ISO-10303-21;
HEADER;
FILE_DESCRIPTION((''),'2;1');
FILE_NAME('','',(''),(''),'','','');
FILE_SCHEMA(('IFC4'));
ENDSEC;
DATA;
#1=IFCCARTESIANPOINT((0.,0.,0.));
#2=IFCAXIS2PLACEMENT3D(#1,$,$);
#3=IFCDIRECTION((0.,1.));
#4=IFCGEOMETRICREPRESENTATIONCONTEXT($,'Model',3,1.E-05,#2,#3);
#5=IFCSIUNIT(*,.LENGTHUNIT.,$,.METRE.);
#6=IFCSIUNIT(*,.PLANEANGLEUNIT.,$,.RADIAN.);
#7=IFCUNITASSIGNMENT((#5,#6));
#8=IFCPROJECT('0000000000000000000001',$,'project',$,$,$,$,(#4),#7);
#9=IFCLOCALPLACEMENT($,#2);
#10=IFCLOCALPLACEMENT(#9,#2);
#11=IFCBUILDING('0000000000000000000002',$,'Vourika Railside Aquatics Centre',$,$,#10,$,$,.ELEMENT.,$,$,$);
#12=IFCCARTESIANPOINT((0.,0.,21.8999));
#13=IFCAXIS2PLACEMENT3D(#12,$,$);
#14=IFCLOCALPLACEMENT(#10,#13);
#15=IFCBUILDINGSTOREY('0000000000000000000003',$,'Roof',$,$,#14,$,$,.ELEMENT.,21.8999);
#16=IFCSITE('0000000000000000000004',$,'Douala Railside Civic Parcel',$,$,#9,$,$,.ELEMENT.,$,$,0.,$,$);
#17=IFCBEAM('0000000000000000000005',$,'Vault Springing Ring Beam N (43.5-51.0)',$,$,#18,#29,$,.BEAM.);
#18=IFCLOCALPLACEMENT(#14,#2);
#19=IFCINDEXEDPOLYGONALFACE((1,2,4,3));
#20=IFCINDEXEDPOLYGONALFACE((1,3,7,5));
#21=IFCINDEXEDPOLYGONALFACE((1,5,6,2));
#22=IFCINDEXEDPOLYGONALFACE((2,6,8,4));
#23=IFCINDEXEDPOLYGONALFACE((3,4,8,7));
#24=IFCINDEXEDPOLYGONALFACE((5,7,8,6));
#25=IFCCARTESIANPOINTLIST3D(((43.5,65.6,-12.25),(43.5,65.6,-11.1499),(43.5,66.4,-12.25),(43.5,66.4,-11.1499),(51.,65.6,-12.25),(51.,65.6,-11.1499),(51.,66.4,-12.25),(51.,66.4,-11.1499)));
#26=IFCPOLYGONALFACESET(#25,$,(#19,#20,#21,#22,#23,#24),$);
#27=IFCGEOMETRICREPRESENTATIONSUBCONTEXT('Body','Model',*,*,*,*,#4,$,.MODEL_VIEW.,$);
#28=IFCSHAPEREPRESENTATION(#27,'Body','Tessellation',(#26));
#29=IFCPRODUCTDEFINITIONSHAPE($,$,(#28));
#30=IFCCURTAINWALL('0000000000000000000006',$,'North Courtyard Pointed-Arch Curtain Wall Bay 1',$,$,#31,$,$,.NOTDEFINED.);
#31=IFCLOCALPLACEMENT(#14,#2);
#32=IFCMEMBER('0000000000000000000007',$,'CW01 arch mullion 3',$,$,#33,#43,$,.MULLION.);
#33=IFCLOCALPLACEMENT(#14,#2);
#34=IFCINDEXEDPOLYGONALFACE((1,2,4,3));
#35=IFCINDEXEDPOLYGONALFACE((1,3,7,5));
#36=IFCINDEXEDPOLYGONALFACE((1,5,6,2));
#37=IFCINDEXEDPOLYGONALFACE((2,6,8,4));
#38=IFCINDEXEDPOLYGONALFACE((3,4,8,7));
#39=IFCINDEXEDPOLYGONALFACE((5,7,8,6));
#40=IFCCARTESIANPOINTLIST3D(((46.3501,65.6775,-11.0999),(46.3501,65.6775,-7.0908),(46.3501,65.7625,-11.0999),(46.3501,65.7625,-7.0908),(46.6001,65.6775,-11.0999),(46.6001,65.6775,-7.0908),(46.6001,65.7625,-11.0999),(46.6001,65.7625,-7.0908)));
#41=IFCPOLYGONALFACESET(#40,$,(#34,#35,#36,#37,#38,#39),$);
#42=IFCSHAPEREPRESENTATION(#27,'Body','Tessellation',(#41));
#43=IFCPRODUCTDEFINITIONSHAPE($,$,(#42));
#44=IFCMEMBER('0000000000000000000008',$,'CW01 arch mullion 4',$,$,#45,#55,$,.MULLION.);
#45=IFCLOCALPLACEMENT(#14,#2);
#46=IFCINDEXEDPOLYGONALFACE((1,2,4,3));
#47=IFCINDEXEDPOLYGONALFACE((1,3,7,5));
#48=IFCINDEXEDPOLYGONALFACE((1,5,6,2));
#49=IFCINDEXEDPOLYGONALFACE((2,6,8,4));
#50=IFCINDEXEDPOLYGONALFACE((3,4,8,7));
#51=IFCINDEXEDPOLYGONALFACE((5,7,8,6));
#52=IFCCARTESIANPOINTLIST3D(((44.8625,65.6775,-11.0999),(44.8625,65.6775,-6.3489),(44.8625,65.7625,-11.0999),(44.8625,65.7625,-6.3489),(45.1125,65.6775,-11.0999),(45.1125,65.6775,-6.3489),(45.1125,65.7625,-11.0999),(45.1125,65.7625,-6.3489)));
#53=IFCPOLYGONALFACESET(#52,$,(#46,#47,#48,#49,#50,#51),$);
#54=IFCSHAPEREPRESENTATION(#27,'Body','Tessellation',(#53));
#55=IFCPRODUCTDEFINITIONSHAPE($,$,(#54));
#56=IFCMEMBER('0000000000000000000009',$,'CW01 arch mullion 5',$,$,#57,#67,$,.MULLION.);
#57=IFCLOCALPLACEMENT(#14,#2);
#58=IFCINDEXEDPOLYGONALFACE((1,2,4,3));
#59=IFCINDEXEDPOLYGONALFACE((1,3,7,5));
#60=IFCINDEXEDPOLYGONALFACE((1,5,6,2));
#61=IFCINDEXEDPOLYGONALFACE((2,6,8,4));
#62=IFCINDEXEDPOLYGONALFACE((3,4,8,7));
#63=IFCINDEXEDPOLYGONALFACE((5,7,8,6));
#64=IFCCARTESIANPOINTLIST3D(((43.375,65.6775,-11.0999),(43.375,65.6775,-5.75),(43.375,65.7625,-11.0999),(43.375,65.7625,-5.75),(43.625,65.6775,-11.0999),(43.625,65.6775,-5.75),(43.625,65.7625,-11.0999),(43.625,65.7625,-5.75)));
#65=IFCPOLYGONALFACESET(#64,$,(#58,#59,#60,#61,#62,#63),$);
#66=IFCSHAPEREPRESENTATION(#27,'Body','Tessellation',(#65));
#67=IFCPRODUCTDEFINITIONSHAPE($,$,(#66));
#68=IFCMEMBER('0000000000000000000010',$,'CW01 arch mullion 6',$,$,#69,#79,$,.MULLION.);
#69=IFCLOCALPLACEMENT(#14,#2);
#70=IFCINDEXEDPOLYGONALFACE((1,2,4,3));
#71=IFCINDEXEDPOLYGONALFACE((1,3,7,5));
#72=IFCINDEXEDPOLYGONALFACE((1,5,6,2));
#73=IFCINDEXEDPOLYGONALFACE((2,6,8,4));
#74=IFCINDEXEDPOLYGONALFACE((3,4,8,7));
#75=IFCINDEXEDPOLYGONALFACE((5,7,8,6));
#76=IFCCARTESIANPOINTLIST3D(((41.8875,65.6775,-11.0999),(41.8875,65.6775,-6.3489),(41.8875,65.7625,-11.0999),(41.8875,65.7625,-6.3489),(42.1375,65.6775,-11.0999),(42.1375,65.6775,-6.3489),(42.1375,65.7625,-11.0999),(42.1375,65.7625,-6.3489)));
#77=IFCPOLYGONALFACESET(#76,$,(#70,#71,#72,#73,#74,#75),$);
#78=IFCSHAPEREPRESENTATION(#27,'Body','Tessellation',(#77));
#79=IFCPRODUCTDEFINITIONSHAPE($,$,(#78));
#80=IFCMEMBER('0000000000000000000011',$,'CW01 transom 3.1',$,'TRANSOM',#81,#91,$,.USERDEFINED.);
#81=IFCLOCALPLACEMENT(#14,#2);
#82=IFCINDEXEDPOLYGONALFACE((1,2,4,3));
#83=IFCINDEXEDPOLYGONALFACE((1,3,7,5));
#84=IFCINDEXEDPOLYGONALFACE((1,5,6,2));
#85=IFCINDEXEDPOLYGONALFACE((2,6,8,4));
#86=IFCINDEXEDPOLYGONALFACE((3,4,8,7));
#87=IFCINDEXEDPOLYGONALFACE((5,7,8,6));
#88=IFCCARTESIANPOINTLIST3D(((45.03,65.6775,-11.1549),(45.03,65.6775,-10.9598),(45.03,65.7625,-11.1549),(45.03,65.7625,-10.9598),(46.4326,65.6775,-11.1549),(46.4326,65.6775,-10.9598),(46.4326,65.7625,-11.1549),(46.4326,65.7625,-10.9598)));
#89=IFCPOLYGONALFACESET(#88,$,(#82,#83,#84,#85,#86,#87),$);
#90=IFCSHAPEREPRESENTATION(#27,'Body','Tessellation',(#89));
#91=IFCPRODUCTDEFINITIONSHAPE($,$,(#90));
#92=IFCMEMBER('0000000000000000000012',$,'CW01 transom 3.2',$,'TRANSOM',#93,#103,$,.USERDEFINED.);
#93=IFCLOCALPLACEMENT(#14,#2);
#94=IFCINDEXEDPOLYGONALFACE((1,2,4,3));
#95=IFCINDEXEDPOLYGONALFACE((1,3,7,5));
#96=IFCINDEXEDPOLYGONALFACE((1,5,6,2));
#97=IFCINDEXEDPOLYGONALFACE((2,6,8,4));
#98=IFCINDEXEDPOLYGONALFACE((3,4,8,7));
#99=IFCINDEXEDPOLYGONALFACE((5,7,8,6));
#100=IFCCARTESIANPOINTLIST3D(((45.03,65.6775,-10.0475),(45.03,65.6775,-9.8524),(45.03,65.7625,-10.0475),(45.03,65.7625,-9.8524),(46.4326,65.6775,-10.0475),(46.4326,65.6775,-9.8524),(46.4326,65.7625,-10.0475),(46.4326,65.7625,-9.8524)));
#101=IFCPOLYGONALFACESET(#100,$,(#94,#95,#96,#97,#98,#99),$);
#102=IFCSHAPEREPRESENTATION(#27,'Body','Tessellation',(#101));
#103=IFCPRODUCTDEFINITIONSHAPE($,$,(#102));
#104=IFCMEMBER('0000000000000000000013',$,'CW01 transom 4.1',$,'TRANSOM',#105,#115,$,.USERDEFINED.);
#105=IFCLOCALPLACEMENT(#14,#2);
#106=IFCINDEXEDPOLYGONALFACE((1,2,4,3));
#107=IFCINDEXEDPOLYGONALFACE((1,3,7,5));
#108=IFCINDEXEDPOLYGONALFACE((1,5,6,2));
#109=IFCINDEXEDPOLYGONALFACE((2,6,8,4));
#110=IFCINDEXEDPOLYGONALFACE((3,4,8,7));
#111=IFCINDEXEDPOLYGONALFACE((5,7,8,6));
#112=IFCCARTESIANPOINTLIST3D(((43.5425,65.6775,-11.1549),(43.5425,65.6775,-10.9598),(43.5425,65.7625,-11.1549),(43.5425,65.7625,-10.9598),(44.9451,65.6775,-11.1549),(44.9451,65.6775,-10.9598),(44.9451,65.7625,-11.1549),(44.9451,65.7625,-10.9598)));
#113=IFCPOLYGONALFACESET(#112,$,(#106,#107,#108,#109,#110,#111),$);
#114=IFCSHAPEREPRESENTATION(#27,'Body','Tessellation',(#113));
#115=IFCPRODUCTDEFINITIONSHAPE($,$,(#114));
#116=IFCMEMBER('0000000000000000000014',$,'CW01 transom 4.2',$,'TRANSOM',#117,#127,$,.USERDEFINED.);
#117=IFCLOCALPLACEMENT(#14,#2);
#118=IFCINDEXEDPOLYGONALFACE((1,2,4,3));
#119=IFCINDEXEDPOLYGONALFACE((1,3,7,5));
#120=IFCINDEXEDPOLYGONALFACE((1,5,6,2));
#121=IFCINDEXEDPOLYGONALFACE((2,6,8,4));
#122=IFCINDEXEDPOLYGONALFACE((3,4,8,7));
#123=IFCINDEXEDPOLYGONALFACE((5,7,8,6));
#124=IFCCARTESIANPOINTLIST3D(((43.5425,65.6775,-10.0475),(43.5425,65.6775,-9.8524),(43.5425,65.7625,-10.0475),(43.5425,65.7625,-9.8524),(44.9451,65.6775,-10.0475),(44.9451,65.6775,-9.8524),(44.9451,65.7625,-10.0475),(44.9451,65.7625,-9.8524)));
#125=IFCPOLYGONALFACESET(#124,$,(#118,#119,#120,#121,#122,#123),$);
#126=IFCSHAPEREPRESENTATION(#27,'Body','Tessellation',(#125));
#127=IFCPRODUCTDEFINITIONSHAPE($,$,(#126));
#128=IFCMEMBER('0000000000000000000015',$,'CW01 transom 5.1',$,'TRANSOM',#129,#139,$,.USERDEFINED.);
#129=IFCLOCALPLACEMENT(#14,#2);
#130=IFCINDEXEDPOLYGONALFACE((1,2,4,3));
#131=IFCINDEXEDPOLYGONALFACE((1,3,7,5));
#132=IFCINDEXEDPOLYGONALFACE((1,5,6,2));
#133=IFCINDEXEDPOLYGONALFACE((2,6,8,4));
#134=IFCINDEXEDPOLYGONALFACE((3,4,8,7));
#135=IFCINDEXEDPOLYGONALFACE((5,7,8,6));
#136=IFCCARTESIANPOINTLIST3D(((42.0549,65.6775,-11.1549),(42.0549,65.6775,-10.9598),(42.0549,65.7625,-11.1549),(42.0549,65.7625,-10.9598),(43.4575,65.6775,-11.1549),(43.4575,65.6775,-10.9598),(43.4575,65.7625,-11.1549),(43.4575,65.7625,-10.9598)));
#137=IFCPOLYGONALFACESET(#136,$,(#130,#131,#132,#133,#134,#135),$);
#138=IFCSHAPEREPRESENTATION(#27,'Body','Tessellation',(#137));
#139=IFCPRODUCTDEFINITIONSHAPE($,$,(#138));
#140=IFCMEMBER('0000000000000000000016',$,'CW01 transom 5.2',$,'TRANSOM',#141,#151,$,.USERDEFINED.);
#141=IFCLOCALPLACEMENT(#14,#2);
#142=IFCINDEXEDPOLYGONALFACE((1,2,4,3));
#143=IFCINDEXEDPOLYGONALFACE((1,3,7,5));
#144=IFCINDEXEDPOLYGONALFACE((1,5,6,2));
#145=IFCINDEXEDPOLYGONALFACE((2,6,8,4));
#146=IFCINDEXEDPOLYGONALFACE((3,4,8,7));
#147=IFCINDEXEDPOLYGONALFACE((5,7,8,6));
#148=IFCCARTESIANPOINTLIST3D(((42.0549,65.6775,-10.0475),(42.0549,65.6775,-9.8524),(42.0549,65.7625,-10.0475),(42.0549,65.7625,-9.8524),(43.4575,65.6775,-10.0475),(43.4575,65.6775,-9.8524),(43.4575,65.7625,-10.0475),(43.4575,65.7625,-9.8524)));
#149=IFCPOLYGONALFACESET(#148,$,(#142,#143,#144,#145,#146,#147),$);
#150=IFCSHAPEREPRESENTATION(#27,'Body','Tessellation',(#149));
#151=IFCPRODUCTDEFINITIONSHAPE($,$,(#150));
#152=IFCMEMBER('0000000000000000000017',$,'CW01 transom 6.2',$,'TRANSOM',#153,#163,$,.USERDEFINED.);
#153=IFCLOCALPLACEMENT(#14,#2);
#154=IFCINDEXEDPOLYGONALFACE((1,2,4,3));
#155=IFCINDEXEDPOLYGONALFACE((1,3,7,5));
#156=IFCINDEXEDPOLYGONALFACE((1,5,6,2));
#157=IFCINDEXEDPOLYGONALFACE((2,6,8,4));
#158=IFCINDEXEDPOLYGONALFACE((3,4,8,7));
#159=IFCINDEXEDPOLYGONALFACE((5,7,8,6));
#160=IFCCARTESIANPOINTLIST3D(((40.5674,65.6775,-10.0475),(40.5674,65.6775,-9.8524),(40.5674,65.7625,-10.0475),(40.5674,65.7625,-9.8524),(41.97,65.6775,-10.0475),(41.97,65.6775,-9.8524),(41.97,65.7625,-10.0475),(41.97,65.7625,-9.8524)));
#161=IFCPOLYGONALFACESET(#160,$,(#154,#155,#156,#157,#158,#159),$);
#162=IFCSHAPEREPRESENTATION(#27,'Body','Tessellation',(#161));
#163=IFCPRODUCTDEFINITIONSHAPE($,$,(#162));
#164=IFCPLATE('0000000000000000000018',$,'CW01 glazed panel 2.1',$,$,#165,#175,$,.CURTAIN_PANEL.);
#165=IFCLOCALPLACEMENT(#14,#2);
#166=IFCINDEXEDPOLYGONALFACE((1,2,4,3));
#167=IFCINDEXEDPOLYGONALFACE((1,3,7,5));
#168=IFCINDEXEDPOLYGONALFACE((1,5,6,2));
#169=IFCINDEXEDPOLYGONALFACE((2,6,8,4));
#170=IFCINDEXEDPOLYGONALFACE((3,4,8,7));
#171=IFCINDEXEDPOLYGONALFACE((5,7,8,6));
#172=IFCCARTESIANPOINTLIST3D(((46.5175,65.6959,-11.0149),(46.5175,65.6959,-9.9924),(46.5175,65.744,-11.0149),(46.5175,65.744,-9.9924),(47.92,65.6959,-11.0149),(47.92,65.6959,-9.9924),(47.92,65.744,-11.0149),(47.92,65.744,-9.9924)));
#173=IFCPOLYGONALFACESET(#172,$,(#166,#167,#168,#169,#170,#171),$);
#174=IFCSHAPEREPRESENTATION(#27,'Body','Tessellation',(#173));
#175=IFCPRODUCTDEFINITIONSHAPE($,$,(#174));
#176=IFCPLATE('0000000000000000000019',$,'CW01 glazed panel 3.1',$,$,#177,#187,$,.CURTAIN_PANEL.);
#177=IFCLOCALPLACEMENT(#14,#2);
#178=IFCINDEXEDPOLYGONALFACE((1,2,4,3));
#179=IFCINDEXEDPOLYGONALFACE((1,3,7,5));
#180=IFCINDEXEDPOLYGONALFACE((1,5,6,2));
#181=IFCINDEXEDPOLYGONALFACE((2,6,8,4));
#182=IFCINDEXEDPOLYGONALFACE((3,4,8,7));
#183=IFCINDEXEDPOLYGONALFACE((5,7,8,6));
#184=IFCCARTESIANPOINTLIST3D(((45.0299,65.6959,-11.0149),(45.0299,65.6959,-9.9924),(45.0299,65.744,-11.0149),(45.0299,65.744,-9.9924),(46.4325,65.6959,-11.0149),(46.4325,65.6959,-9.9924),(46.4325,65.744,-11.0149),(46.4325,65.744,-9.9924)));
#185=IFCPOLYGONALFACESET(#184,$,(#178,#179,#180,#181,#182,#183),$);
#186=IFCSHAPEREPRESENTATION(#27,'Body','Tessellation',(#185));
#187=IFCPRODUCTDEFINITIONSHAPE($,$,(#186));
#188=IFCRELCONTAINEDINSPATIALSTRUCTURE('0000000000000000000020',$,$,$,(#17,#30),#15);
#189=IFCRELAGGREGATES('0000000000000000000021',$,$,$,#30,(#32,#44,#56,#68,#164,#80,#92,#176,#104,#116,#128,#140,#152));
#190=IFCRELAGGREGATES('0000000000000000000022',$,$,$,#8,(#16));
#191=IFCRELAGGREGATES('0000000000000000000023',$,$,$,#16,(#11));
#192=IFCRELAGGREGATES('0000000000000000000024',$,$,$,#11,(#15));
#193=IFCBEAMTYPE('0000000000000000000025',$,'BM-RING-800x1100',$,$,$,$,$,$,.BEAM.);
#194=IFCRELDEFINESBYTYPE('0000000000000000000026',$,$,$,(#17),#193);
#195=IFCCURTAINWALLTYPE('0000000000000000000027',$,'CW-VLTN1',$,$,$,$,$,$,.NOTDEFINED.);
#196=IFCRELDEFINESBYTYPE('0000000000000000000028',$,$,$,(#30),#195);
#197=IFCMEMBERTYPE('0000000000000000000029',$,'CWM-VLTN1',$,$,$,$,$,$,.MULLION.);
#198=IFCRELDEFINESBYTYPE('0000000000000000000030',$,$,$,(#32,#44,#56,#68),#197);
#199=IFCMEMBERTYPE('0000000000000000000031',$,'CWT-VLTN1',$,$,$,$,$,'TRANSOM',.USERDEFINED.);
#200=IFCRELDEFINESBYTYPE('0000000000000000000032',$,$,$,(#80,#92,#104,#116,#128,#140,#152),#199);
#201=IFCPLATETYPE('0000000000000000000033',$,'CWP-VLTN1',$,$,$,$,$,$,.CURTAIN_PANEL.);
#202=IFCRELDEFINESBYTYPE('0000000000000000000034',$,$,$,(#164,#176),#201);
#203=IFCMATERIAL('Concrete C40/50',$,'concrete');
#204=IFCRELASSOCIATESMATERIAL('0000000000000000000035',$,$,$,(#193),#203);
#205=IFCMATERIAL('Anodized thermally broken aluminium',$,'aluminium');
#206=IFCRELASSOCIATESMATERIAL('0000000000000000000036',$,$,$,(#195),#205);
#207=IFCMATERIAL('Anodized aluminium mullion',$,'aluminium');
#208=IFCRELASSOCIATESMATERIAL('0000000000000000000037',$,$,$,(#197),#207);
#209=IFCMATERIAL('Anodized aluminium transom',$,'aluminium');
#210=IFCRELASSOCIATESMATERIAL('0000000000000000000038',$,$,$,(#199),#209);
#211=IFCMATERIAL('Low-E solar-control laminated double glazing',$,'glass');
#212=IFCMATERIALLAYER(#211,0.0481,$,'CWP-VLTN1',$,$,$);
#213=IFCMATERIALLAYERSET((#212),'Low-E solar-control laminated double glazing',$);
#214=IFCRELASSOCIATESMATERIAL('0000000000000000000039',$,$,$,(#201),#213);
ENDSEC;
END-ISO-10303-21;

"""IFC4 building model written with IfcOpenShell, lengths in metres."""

from ifc_helpers import new_model, si_unit, direction, frame, origin, origin_2d, place, context, subcontext, project, spatial, rectangle, extrude, material, layer, layer_set, material_profile, profile_set, type_object, element, aggregate, save


model = new_model("IFC4")

# Units and contexts
model_context = context("Model", 3, precision=1e-05, world=origin(), true_north=direction((0.0, 1.0)))
body_context = subcontext(model_context, "Body", "Model", "MODEL_VIEW")
ifc_project = project(units=[si_unit("LENGTHUNIT", "METRE"), si_unit("PLANEANGLEUNIT", "RADIAN")], contexts=[model_context])

# Site, building, storey
site_placement = place(None, origin())
site = spatial("IfcSite", under=ifc_project, at=site_placement, Name="Douala Railside Civic Parcel", CompositionType="ELEMENT", RefElevation=0.0)
building_placement = place(site_placement, origin())
building = spatial("IfcBuilding", under=site, at=building_placement, Name="Vourika Railside Aquatics Centre", CompositionType="ELEMENT")
storey_placement = place(building_placement, frame((0.0, 0.0, 21.8999)))
storey = spatial("IfcBuildingStorey", under=building, at=storey_placement, Name="Roof", CompositionType="ELEMENT", Elevation=21.8999)

# Beam
ifc_material_1 = material(Name="Concrete C40/50", Category="concrete")
ifc_material_profile_1 = material_profile(ifc_material_1, rectangle(XDim=0.8, YDim=1.1001, at=origin_2d()), Name="RC 800x1100")
ifc_profile_set_1 = profile_set([ifc_material_profile_1], Name="Concrete C40/50")
beam_type = type_object("IfcBeamType", Name="BM-RING-800x1100", PredefinedType="BEAM", material=ifc_profile_set_1)
beam_placement = place(storey_placement, frame((43.5, 66.0, -11.7), z_axis=(1.0, 0.0, 0.0), x_axis=(0.0, 1.0, 0.0)))
element("IfcBeam", 1, at=beam_placement, inside=storey, type_object=beam_type, Name="Vault Springing Ring Beam N (43.5-51.0)", PredefinedType="BEAM", context=body_context, shape_type="SweptSolid", body=[
    extrude(rectangle(XDim=0.8, YDim=1.1001, at=origin_2d()), origin(), (0.0, 0.0, 1.0), 7.5),
])

# Curtain wall, members, plates
ifc_material_2 = material(Name="Anodized thermally broken aluminium", Category="aluminium")
curtain_wall_type = type_object("IfcCurtainWallType", Name="CW-VLTN1", PredefinedType="NOTDEFINED", material=ifc_material_2)
curtain_wall_placement = place(storey_placement, origin())
curtain_wall = element("IfcCurtainWall", 2, at=curtain_wall_placement, inside=storey, type_object=curtain_wall_type, Name="North Courtyard Pointed-Arch Curtain Wall Bay 1", PredefinedType="NOTDEFINED")
ifc_material_3 = material(Name="Anodized aluminium mullion", Category="aluminium")
ifc_material_profile_2 = material_profile(ifc_material_3, rectangle(XDim=0.085, YDim=0.25, at=origin_2d()), Name="ALU-M 85x250")
ifc_profile_set_2 = profile_set([ifc_material_profile_2], Name="Anodized aluminium mullion")
member_type_1 = type_object("IfcMemberType", Name="CWM-VLTN1", PredefinedType="MULLION", material=ifc_profile_set_2)
member_1_placement = place(storey_placement, frame((46.4751, 65.72, -11.0999), z_axis=(0.0, 0.0, 1.0), x_axis=(0.0, -1.0, 0.0)))
member_1 = element("IfcMember", 3, at=member_1_placement, type_object=member_type_1, Name="CW01 arch mullion 3", PredefinedType="MULLION", context=body_context, shape_type="SweptSolid", body=[
    extrude(rectangle(XDim=0.085, YDim=0.25, at=origin_2d()), origin(), (0.0, 0.0, 1.0), 4.009),
])
member_2_placement = place(storey_placement, frame((44.9875, 65.72, -11.0999), z_axis=(0.0, 0.0, 1.0), x_axis=(0.0, -1.0, 0.0)))
member_2 = element("IfcMember", 4, at=member_2_placement, type_object=member_type_1, Name="CW01 arch mullion 4", PredefinedType="MULLION", context=body_context, shape_type="SweptSolid", body=[
    extrude(rectangle(XDim=0.085, YDim=0.25, at=origin_2d()), origin(), (0.0, 0.0, 1.0), 4.751),
])
member_3_placement = place(storey_placement, frame((43.5, 65.72, -11.0999), z_axis=(0.0, 0.0, 1.0), x_axis=(0.0, -1.0, 0.0)))
member_3 = element("IfcMember", 5, at=member_3_placement, type_object=member_type_1, Name="CW01 arch mullion 5", PredefinedType="MULLION", context=body_context, shape_type="SweptSolid", body=[
    extrude(rectangle(XDim=0.085, YDim=0.25, at=origin_2d()), origin(), (0.0, 0.0, 1.0), 5.3499),
])
member_4_placement = place(storey_placement, frame((42.0125, 65.72, -11.0999), z_axis=(0.0, 0.0, 1.0), x_axis=(0.0, -1.0, 0.0)))
member_4 = element("IfcMember", 6, at=member_4_placement, type_object=member_type_1, Name="CW01 arch mullion 6", PredefinedType="MULLION", context=body_context, shape_type="SweptSolid", body=[
    extrude(rectangle(XDim=0.085, YDim=0.25, at=origin_2d()), origin(), (0.0, 0.0, 1.0), 4.751),
])
ifc_material_4 = material(Name="Anodized aluminium transom", Category="aluminium")
ifc_material_profile_3 = material_profile(ifc_material_4, rectangle(XDim=0.085, YDim=0.1951, at=origin_2d()), Name="ALU-T 85x195")
ifc_profile_set_3 = profile_set([ifc_material_profile_3], Name="Anodized aluminium transom")
member_type_2 = type_object("IfcMemberType", Name="CWT-VLTN1", ElementType="TRANSOM", PredefinedType="USERDEFINED", material=ifc_profile_set_3)
member_5_placement = place(storey_placement, frame((46.4326, 65.72, -11.0574), z_axis=(-1.0, 0.0, 0.0), x_axis=(0.0, -1.0, 0.0)))
member_5 = element("IfcMember", 7, at=member_5_placement, type_object=member_type_2, Name="CW01 transom 3.1", ObjectType="TRANSOM", PredefinedType="USERDEFINED", context=body_context, shape_type="SweptSolid", body=[
    extrude(rectangle(XDim=0.085, YDim=0.1951, at=origin_2d()), origin(), (0.0, 0.0, 1.0), 1.4026),
])
member_6_placement = place(storey_placement, frame((46.4326, 65.72, -9.95), z_axis=(-1.0, 0.0, 0.0), x_axis=(0.0, -1.0, 0.0)))
member_6 = element("IfcMember", 8, at=member_6_placement, type_object=member_type_2, Name="CW01 transom 3.2", ObjectType="TRANSOM", PredefinedType="USERDEFINED", context=body_context, shape_type="SweptSolid", body=[
    extrude(rectangle(XDim=0.085, YDim=0.1951, at=origin_2d()), origin(), (0.0, 0.0, 1.0), 1.4026),
])
member_7_placement = place(storey_placement, frame((44.9451, 65.72, -11.0574), z_axis=(-1.0, 0.0, 0.0), x_axis=(0.0, -1.0, 0.0)))
member_7 = element("IfcMember", 9, at=member_7_placement, type_object=member_type_2, Name="CW01 transom 4.1", ObjectType="TRANSOM", PredefinedType="USERDEFINED", context=body_context, shape_type="SweptSolid", body=[
    extrude(rectangle(XDim=0.085, YDim=0.1951, at=origin_2d()), origin(), (0.0, 0.0, 1.0), 1.4026),
])
member_8_placement = place(storey_placement, frame((44.9451, 65.72, -9.95), z_axis=(-1.0, 0.0, 0.0), x_axis=(0.0, -1.0, 0.0)))
member_8 = element("IfcMember", 10, at=member_8_placement, type_object=member_type_2, Name="CW01 transom 4.2", ObjectType="TRANSOM", PredefinedType="USERDEFINED", context=body_context, shape_type="SweptSolid", body=[
    extrude(rectangle(XDim=0.085, YDim=0.1951, at=origin_2d()), origin(), (0.0, 0.0, 1.0), 1.4026),
])
member_9_placement = place(storey_placement, frame((43.4575, 65.72, -11.0574), z_axis=(-1.0, 0.0, 0.0), x_axis=(0.0, -1.0, 0.0)))
member_9 = element("IfcMember", 11, at=member_9_placement, type_object=member_type_2, Name="CW01 transom 5.1", ObjectType="TRANSOM", PredefinedType="USERDEFINED", context=body_context, shape_type="SweptSolid", body=[
    extrude(rectangle(XDim=0.085, YDim=0.1951, at=origin_2d()), origin(), (0.0, 0.0, 1.0), 1.4026),
])
member_10_placement = place(storey_placement, frame((43.4575, 65.72, -9.95), z_axis=(-1.0, 0.0, 0.0), x_axis=(0.0, -1.0, 0.0)))
member_10 = element("IfcMember", 12, at=member_10_placement, type_object=member_type_2, Name="CW01 transom 5.2", ObjectType="TRANSOM", PredefinedType="USERDEFINED", context=body_context, shape_type="SweptSolid", body=[
    extrude(rectangle(XDim=0.085, YDim=0.1951, at=origin_2d()), origin(), (0.0, 0.0, 1.0), 1.4026),
])
member_11_placement = place(storey_placement, frame((41.97, 65.72, -9.95), z_axis=(-1.0, 0.0, 0.0), x_axis=(0.0, -1.0, 0.0)))
member_11 = element("IfcMember", 13, at=member_11_placement, type_object=member_type_2, Name="CW01 transom 6.2", ObjectType="TRANSOM", PredefinedType="USERDEFINED", context=body_context, shape_type="SweptSolid", body=[
    extrude(rectangle(XDim=0.085, YDim=0.1951, at=origin_2d()), origin(), (0.0, 0.0, 1.0), 1.4026),
])
ifc_material_5 = material(Name="Low-E solar-control laminated double glazing", Category="glass")
ifc_layer = layer(ifc_material_5, 0.0481, Name="CWP-VLTN1")
ifc_layer_set = layer_set([ifc_layer], Name="Low-E solar-control laminated double glazing")
plate_type = type_object("IfcPlateType", Name="CWP-VLTN1", PredefinedType="CURTAIN_PANEL", material=ifc_layer_set)
plate_1_placement = place(storey_placement, frame((47.2188, 65.72, -11.0149), z_axis=(0.0, 0.0, 1.0), x_axis=(-1.0, 0.0, 0.0)))
plate_1 = element("IfcPlate", 14, at=plate_1_placement, type_object=plate_type, Name="CW01 glazed panel 2.1", PredefinedType="CURTAIN_PANEL", context=body_context, shape_type="SweptSolid", body=[
    extrude(rectangle(XDim=1.4026, YDim=0.0481, at=origin_2d()), origin(), (0.0, 0.0, 1.0), 1.0225),
])
plate_2_placement = place(storey_placement, frame((45.7312, 65.72, -11.0149), z_axis=(0.0, 0.0, 1.0), x_axis=(-1.0, 0.0, 0.0)))
plate_2 = element("IfcPlate", 15, at=plate_2_placement, type_object=plate_type, Name="CW01 glazed panel 3.1", PredefinedType="CURTAIN_PANEL", context=body_context, shape_type="SweptSolid", body=[
    extrude(rectangle(XDim=1.4026, YDim=0.0481, at=origin_2d()), origin(), (0.0, 0.0, 1.0), 1.0225),
])
aggregate(curtain_wall, [member_1, member_2, member_3, member_4, plate_1, member_5, member_6, plate_2, member_7, member_8, member_9, member_10, member_11])

save(model, "model.ifc")
